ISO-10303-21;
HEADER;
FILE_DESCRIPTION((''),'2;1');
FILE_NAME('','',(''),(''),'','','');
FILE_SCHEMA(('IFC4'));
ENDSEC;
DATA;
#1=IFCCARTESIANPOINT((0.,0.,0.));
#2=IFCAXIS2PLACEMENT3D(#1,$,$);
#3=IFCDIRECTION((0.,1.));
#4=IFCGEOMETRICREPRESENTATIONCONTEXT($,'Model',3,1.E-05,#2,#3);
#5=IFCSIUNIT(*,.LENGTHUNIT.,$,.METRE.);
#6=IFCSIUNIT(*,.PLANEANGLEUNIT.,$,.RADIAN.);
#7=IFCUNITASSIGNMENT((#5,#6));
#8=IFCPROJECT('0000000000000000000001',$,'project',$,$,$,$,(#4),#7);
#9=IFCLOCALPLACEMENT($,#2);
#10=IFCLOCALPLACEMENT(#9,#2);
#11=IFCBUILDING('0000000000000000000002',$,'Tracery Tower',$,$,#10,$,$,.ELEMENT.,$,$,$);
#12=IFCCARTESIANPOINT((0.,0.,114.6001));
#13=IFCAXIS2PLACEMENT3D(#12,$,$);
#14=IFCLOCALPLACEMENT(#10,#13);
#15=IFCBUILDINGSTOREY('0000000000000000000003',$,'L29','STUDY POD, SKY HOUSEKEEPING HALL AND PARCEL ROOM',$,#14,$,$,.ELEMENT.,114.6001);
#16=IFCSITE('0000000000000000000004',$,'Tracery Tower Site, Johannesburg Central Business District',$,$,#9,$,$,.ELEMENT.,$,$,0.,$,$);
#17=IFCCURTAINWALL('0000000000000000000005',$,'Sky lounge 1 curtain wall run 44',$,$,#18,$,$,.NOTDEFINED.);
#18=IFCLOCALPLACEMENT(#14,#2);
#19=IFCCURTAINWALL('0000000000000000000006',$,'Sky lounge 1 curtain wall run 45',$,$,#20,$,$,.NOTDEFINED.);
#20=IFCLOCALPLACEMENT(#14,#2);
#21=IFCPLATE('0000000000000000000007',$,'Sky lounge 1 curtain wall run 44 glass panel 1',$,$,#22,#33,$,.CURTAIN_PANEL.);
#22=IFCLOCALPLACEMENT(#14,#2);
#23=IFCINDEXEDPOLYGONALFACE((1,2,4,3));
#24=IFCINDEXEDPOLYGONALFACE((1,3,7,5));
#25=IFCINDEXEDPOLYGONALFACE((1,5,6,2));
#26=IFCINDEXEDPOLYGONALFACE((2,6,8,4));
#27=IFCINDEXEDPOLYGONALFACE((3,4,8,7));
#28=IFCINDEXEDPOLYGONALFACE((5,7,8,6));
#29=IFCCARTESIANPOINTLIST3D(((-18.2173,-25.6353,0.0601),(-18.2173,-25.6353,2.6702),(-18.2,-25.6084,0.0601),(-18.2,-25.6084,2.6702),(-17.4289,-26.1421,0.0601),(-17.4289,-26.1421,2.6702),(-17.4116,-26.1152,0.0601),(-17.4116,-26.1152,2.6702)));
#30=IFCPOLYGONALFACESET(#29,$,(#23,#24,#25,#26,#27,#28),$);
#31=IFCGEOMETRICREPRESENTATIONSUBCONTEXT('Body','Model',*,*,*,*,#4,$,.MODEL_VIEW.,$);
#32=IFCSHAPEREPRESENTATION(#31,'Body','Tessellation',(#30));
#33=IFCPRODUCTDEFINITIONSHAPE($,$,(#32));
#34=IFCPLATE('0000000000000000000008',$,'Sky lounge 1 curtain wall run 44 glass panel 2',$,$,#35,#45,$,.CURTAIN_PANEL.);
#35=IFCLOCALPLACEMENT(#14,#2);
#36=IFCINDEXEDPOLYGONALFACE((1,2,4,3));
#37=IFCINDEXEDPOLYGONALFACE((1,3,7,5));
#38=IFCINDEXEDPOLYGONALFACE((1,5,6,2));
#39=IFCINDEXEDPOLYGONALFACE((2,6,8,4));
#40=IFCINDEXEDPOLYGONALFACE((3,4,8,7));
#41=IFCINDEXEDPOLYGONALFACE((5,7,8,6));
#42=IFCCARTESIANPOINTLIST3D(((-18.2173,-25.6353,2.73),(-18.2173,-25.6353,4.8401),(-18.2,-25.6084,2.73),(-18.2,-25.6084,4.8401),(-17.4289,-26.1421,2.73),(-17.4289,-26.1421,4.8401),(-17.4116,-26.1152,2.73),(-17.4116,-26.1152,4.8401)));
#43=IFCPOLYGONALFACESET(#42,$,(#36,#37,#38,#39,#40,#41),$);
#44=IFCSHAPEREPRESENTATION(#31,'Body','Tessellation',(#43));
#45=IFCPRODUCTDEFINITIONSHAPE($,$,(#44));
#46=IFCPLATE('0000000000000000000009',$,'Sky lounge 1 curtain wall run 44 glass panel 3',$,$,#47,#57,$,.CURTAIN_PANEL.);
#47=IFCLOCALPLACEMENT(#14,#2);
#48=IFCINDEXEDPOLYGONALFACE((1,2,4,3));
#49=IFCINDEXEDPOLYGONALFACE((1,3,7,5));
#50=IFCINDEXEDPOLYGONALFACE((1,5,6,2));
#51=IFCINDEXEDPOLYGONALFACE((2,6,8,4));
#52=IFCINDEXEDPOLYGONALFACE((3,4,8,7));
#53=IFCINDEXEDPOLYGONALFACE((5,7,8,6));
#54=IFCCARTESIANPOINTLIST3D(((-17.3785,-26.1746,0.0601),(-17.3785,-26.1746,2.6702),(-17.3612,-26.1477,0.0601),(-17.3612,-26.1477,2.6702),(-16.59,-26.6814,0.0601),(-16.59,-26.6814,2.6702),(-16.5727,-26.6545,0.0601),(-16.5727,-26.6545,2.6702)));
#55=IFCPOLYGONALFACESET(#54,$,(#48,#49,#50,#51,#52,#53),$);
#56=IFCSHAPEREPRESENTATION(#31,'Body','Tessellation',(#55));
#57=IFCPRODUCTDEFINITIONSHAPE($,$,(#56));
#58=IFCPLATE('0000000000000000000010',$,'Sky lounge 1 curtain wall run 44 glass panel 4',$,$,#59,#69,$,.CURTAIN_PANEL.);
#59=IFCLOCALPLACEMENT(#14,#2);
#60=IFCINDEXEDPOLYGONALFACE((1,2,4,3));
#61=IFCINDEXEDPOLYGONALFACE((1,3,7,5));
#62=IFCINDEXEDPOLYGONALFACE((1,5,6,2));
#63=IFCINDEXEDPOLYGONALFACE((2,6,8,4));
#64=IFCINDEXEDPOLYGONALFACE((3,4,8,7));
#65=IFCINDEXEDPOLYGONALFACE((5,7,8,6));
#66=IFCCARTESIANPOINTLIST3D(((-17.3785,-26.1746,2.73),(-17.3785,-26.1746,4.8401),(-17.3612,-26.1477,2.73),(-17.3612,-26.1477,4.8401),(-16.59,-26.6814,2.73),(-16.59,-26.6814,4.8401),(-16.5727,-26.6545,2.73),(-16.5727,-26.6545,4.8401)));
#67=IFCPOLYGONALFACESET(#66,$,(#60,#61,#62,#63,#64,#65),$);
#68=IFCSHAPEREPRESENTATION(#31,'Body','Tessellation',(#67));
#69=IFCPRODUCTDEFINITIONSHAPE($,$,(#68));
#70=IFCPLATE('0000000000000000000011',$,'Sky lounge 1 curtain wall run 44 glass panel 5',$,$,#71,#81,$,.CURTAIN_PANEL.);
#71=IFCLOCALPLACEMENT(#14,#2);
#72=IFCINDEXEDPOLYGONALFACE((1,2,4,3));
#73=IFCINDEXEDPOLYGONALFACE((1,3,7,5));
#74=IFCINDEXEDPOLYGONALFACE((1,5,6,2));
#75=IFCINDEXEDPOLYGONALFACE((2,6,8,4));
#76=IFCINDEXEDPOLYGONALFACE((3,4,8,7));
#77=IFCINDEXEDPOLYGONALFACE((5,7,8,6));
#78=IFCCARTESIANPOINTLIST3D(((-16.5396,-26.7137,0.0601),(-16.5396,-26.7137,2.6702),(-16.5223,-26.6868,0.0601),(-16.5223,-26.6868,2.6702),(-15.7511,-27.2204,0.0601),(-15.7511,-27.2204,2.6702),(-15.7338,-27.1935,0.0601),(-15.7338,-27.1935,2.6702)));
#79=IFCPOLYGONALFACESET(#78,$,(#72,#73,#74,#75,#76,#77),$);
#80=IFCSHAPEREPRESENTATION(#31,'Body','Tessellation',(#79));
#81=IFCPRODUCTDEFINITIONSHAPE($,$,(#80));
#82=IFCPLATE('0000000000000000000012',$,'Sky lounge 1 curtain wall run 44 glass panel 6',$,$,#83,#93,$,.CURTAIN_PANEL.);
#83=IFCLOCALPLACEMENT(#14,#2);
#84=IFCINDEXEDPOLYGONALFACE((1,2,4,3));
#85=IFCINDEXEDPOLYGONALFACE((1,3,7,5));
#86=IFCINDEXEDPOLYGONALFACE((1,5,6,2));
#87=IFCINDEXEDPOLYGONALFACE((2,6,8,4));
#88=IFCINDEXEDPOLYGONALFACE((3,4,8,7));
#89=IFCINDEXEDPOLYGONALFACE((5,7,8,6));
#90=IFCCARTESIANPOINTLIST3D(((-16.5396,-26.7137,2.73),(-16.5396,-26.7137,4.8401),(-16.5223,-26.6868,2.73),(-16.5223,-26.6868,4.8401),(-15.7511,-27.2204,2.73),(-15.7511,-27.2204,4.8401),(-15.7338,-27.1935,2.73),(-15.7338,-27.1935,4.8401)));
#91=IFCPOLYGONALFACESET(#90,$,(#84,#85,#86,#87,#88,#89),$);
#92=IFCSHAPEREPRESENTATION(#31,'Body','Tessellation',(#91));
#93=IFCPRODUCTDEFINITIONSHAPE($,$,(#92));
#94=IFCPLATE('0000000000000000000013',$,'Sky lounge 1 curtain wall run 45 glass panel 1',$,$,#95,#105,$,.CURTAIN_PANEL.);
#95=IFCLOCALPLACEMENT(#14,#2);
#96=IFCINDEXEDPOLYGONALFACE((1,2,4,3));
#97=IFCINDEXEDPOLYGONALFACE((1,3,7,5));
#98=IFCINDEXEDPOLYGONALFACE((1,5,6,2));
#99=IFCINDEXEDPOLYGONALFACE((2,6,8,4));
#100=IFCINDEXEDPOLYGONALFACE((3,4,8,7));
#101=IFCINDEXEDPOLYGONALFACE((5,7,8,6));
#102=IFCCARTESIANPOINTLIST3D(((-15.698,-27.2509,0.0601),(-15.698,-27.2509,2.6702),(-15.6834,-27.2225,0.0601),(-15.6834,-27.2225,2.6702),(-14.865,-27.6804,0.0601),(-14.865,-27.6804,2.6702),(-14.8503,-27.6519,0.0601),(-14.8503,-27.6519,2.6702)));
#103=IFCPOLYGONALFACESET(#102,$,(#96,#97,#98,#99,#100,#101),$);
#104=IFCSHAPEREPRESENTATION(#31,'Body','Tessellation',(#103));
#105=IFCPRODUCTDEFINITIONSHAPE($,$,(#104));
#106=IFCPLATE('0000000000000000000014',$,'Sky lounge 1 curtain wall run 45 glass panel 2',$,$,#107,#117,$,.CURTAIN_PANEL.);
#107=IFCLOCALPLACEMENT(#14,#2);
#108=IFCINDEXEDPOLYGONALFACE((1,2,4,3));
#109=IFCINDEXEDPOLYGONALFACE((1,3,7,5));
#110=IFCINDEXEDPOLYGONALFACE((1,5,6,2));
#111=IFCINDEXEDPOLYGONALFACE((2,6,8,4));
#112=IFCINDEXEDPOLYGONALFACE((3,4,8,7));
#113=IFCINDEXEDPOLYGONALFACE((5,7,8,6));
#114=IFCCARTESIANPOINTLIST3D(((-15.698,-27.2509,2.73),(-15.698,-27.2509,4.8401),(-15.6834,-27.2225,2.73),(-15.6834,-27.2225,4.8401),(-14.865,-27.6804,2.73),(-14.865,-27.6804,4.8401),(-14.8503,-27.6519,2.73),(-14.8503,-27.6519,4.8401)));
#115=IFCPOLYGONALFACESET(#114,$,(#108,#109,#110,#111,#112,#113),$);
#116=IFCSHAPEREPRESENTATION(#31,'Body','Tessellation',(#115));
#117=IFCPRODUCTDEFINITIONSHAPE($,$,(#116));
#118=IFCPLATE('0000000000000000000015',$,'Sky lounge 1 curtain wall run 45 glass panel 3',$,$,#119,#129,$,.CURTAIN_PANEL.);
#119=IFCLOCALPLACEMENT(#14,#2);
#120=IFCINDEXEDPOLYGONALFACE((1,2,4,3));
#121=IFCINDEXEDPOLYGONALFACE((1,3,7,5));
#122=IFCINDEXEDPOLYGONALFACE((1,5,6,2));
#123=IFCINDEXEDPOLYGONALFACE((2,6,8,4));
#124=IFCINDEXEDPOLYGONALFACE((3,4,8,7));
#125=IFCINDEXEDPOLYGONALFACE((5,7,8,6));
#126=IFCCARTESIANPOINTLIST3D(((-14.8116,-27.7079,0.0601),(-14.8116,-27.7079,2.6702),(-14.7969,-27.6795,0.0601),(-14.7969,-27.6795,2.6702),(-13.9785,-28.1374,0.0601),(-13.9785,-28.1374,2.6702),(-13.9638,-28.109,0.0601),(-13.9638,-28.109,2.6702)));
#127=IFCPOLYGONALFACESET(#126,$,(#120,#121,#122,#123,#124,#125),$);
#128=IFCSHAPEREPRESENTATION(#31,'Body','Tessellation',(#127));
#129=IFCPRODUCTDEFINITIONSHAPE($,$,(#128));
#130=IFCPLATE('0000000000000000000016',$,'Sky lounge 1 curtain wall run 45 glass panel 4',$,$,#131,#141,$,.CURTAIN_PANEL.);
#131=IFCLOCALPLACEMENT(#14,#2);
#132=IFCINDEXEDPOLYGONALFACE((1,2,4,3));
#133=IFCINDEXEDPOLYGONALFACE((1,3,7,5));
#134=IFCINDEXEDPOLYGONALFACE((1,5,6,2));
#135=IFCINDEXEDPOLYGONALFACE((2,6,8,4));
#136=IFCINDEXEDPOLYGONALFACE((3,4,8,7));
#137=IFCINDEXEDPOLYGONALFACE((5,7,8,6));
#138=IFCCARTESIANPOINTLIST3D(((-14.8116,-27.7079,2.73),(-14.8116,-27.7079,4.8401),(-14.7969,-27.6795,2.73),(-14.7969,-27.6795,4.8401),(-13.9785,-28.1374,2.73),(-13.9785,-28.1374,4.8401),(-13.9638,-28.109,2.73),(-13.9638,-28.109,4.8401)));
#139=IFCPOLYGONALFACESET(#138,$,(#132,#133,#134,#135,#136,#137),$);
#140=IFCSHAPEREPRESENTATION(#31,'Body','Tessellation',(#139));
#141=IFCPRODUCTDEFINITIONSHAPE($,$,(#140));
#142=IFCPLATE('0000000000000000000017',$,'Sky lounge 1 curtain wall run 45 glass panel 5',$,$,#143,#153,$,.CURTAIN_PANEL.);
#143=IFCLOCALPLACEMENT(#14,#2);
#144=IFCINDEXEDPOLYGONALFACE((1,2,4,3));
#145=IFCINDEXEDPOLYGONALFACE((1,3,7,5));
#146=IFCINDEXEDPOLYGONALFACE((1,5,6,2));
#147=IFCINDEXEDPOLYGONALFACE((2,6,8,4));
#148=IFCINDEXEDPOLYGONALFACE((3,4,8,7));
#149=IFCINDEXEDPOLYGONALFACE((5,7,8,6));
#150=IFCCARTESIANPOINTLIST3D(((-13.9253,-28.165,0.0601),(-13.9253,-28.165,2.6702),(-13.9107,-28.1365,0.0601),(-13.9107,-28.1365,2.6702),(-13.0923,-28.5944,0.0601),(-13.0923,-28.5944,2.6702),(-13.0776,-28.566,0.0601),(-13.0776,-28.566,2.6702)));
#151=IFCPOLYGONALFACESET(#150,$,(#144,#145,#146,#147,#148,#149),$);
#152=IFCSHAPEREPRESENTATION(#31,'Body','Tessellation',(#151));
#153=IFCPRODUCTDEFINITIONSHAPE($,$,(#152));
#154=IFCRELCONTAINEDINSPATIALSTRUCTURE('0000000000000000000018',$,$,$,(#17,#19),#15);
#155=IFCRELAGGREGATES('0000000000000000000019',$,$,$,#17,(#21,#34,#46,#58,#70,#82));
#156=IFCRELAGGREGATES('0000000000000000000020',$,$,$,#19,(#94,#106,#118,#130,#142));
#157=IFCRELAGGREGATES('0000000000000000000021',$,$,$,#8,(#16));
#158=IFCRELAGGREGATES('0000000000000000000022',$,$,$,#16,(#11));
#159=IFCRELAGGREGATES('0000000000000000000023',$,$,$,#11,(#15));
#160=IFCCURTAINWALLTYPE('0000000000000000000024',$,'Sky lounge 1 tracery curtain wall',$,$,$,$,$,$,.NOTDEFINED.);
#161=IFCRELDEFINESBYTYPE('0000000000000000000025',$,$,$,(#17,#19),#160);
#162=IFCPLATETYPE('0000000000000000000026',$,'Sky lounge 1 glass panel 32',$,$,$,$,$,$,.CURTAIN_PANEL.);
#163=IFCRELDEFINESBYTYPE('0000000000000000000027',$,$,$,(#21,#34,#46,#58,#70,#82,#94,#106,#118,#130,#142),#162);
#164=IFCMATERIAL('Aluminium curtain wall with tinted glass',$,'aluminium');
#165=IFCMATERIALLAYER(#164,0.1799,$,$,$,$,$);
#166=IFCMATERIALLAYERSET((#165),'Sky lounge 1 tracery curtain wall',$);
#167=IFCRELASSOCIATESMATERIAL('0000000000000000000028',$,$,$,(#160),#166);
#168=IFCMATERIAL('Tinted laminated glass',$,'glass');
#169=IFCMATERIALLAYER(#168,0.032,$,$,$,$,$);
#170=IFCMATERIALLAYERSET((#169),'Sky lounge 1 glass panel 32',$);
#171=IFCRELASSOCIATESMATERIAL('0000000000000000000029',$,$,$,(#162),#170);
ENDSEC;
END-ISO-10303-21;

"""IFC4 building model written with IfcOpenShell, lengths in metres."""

from ifc_helpers import new_model, si_unit, direction, frame, origin, origin_2d, place, context, subcontext, project, spatial, rectangle, extrude, material, layer, layer_set, type_object, element, aggregate, save


model = new_model("IFC4")

# Units and contexts
model_context = context("Model", 3, precision=1e-05, world=origin(), true_north=direction((0.0, 1.0)))
body_context = subcontext(model_context, "Body", "Model", "MODEL_VIEW")
ifc_project = project(units=[si_unit("LENGTHUNIT", "METRE"), si_unit("PLANEANGLEUNIT", "RADIAN")], contexts=[model_context])

# Site, building, storey
site_placement = place(None, origin())
site = spatial("IfcSite", under=ifc_project, at=site_placement, Name="Tracery Tower Site, Johannesburg Central Business District", CompositionType="ELEMENT", RefElevation=0.0)
building_placement = place(site_placement, origin())
building = spatial("IfcBuilding", under=site, at=building_placement, Name="Tracery Tower", CompositionType="ELEMENT")
storey_placement = place(building_placement, frame((0.0, 0.0, 114.6001)))
storey = spatial("IfcBuildingStorey", under=building, at=storey_placement, Name="L29", Description="STUDY POD, SKY HOUSEKEEPING HALL AND PARCEL ROOM", CompositionType="ELEMENT", Elevation=114.6001)

# Curtain walls
ifc_material_1 = material(Name="Aluminium curtain wall with tinted glass", Category="aluminium")
ifc_layer_1 = layer(ifc_material_1, 0.1799)
ifc_layer_set_1 = layer_set([ifc_layer_1], Name="Sky lounge 1 tracery curtain wall")
curtain_wall_type = type_object("IfcCurtainWallType", Name="Sky lounge 1 tracery curtain wall", PredefinedType="NOTDEFINED", material=ifc_layer_set_1)
curtain_wall_1_placement = place(storey_placement, origin())
curtain_wall_1 = element("IfcCurtainWall", 1, at=curtain_wall_1_placement, inside=storey, type_object=curtain_wall_type, Name="Sky lounge 1 curtain wall run 44", PredefinedType="NOTDEFINED")
curtain_wall_2_placement = place(storey_placement, origin())
curtain_wall_2 = element("IfcCurtainWall", 2, at=curtain_wall_2_placement, inside=storey, type_object=curtain_wall_type, Name="Sky lounge 1 curtain wall run 45", PredefinedType="NOTDEFINED")

# Plates
ifc_material_2 = material(Name="Tinted laminated glass", Category="glass")
ifc_layer_2 = layer(ifc_material_2, 0.032)
ifc_layer_set_2 = layer_set([ifc_layer_2], Name="Sky lounge 1 glass panel 32")
plate_type = type_object("IfcPlateType", Name="Sky lounge 1 glass panel 32", PredefinedType="CURTAIN_PANEL", material=ifc_layer_set_2)
plate_1_placement = place(storey_placement, frame((-17.8145, -25.8752, 0.0601), z_axis=(0.0, 0.0, 1.0), x_axis=(0.841254, -0.540641, 0.0)))
plate_1 = element("IfcPlate", 3, at=plate_1_placement, type_object=plate_type, Name="Sky lounge 1 curtain wall run 44 glass panel 1", PredefinedType="CURTAIN_PANEL", context=body_context, shape_type="SweptSolid", body=[
    extrude(rectangle(XDim=0.9373, YDim=0.032, at=origin_2d()), origin(), (0.0, 0.0, 1.0), 2.6101),
])
plate_2_placement = place(storey_placement, frame((-17.8145, -25.8752, 2.73), z_axis=(0.0, 0.0, 1.0), x_axis=(0.841254, -0.540641, 0.0)))
plate_2 = element("IfcPlate", 4, at=plate_2_placement, type_object=plate_type, Name="Sky lounge 1 curtain wall run 44 glass panel 2", PredefinedType="CURTAIN_PANEL", context=body_context, shape_type="SweptSolid", body=[
    extrude(rectangle(XDim=0.9373, YDim=0.032, at=origin_2d()), origin(), (0.0, 0.0, 1.0), 2.1101),
])
plate_3_placement = place(storey_placement, frame((-16.9756, -26.4146, 0.0601), z_axis=(0.0, 0.0, 1.0), x_axis=(0.841254, -0.540641, 0.0)))
plate_3 = element("IfcPlate", 5, at=plate_3_placement, type_object=plate_type, Name="Sky lounge 1 curtain wall run 44 glass panel 3", PredefinedType="CURTAIN_PANEL", context=body_context, shape_type="SweptSolid", body=[
    extrude(rectangle(XDim=0.9373, YDim=0.032, at=origin_2d()), origin(), (0.0, 0.0, 1.0), 2.6101),
])
plate_4_placement = place(storey_placement, frame((-16.9756, -26.4146, 2.73), z_axis=(0.0, 0.0, 1.0), x_axis=(0.841254, -0.540641, 0.0)))
plate_4 = element("IfcPlate", 6, at=plate_4_placement, type_object=plate_type, Name="Sky lounge 1 curtain wall run 44 glass panel 4", PredefinedType="CURTAIN_PANEL", context=body_context, shape_type="SweptSolid", body=[
    extrude(rectangle(XDim=0.9373, YDim=0.032, at=origin_2d()), origin(), (0.0, 0.0, 1.0), 2.1101),
])
plate_5_placement = place(storey_placement, frame((-16.1367, -26.9536, 0.0601), z_axis=(0.0, 0.0, 1.0), x_axis=(0.841254, -0.540641, 0.0)))
plate_5 = element("IfcPlate", 7, at=plate_5_placement, type_object=plate_type, Name="Sky lounge 1 curtain wall run 44 glass panel 5", PredefinedType="CURTAIN_PANEL", context=body_context, shape_type="SweptSolid", body=[
    extrude(rectangle(XDim=0.9373, YDim=0.032, at=origin_2d()), origin(), (0.0, 0.0, 1.0), 2.6101),
])
plate_6_placement = place(storey_placement, frame((-16.1367, -26.9536, 2.73), z_axis=(0.0, 0.0, 1.0), x_axis=(0.841254, -0.540641, 0.0)))
plate_6 = element("IfcPlate", 8, at=plate_6_placement, type_object=plate_type, Name="Sky lounge 1 curtain wall run 44 glass panel 6", PredefinedType="CURTAIN_PANEL", context=body_context, shape_type="SweptSolid", body=[
    extrude(rectangle(XDim=0.9373, YDim=0.032, at=origin_2d()), origin(), (0.0, 0.0, 1.0), 2.1101),
])
aggregate(curtain_wall_1, [plate_1, plate_2, plate_3, plate_4, plate_5, plate_6])
plate_7_placement = place(storey_placement, frame((-15.2742, -27.4514, 0.0601), z_axis=(0.0, 0.0, 1.0), x_axis=(0.888835, -0.458227, 0.0)))
plate_7 = element("IfcPlate", 9, at=plate_7_placement, type_object=plate_type, Name="Sky lounge 1 curtain wall run 45 glass panel 1", PredefinedType="CURTAIN_PANEL", context=body_context, shape_type="SweptSolid", body=[
    extrude(rectangle(XDim=0.9373, YDim=0.032, at=origin_2d()), origin(), (0.0, 0.0, 1.0), 2.6101),
])
plate_8_placement = place(storey_placement, frame((-15.2742, -27.4514, 2.73), z_axis=(0.0, 0.0, 1.0), x_axis=(0.888835, -0.458227, 0.0)))
plate_8 = element("IfcPlate", 10, at=plate_8_placement, type_object=plate_type, Name="Sky lounge 1 curtain wall run 45 glass panel 2", PredefinedType="CURTAIN_PANEL", context=body_context, shape_type="SweptSolid", body=[
    extrude(rectangle(XDim=0.9373, YDim=0.032, at=origin_2d()), origin(), (0.0, 0.0, 1.0), 2.1101),
])
plate_9_placement = place(storey_placement, frame((-14.3877, -27.9084, 0.0601), z_axis=(0.0, 0.0, 1.0), x_axis=(0.888835, -0.458227, 0.0)))
plate_9 = element("IfcPlate", 11, at=plate_9_placement, type_object=plate_type, Name="Sky lounge 1 curtain wall run 45 glass panel 3", PredefinedType="CURTAIN_PANEL", context=body_context, shape_type="SweptSolid", body=[
    extrude(rectangle(XDim=0.9373, YDim=0.032, at=origin_2d()), origin(), (0.0, 0.0, 1.0), 2.6101),
])
plate_10_placement = place(storey_placement, frame((-14.3877, -27.9084, 2.73), z_axis=(0.0, 0.0, 1.0), x_axis=(0.888835, -0.458227, 0.0)))
plate_10 = element("IfcPlate", 12, at=plate_10_placement, type_object=plate_type, Name="Sky lounge 1 curtain wall run 45 glass panel 4", PredefinedType="CURTAIN_PANEL", context=body_context, shape_type="SweptSolid", body=[
    extrude(rectangle(XDim=0.9373, YDim=0.032, at=origin_2d()), origin(), (0.0, 0.0, 1.0), 2.1101),
])
plate_11_placement = place(storey_placement, frame((-13.5015, -28.3655, 0.0601), z_axis=(0.0, 0.0, 1.0), x_axis=(0.888835, -0.458227, 0.0)))
plate_11 = element("IfcPlate", 13, at=plate_11_placement, type_object=plate_type, Name="Sky lounge 1 curtain wall run 45 glass panel 5", PredefinedType="CURTAIN_PANEL", context=body_context, shape_type="SweptSolid", body=[
    extrude(rectangle(XDim=0.9373, YDim=0.032, at=origin_2d()), origin(), (0.0, 0.0, 1.0), 2.6101),
])
aggregate(curtain_wall_2, [plate_7, plate_8, plate_9, plate_10, plate_11])

save(model, "model.ifc")
